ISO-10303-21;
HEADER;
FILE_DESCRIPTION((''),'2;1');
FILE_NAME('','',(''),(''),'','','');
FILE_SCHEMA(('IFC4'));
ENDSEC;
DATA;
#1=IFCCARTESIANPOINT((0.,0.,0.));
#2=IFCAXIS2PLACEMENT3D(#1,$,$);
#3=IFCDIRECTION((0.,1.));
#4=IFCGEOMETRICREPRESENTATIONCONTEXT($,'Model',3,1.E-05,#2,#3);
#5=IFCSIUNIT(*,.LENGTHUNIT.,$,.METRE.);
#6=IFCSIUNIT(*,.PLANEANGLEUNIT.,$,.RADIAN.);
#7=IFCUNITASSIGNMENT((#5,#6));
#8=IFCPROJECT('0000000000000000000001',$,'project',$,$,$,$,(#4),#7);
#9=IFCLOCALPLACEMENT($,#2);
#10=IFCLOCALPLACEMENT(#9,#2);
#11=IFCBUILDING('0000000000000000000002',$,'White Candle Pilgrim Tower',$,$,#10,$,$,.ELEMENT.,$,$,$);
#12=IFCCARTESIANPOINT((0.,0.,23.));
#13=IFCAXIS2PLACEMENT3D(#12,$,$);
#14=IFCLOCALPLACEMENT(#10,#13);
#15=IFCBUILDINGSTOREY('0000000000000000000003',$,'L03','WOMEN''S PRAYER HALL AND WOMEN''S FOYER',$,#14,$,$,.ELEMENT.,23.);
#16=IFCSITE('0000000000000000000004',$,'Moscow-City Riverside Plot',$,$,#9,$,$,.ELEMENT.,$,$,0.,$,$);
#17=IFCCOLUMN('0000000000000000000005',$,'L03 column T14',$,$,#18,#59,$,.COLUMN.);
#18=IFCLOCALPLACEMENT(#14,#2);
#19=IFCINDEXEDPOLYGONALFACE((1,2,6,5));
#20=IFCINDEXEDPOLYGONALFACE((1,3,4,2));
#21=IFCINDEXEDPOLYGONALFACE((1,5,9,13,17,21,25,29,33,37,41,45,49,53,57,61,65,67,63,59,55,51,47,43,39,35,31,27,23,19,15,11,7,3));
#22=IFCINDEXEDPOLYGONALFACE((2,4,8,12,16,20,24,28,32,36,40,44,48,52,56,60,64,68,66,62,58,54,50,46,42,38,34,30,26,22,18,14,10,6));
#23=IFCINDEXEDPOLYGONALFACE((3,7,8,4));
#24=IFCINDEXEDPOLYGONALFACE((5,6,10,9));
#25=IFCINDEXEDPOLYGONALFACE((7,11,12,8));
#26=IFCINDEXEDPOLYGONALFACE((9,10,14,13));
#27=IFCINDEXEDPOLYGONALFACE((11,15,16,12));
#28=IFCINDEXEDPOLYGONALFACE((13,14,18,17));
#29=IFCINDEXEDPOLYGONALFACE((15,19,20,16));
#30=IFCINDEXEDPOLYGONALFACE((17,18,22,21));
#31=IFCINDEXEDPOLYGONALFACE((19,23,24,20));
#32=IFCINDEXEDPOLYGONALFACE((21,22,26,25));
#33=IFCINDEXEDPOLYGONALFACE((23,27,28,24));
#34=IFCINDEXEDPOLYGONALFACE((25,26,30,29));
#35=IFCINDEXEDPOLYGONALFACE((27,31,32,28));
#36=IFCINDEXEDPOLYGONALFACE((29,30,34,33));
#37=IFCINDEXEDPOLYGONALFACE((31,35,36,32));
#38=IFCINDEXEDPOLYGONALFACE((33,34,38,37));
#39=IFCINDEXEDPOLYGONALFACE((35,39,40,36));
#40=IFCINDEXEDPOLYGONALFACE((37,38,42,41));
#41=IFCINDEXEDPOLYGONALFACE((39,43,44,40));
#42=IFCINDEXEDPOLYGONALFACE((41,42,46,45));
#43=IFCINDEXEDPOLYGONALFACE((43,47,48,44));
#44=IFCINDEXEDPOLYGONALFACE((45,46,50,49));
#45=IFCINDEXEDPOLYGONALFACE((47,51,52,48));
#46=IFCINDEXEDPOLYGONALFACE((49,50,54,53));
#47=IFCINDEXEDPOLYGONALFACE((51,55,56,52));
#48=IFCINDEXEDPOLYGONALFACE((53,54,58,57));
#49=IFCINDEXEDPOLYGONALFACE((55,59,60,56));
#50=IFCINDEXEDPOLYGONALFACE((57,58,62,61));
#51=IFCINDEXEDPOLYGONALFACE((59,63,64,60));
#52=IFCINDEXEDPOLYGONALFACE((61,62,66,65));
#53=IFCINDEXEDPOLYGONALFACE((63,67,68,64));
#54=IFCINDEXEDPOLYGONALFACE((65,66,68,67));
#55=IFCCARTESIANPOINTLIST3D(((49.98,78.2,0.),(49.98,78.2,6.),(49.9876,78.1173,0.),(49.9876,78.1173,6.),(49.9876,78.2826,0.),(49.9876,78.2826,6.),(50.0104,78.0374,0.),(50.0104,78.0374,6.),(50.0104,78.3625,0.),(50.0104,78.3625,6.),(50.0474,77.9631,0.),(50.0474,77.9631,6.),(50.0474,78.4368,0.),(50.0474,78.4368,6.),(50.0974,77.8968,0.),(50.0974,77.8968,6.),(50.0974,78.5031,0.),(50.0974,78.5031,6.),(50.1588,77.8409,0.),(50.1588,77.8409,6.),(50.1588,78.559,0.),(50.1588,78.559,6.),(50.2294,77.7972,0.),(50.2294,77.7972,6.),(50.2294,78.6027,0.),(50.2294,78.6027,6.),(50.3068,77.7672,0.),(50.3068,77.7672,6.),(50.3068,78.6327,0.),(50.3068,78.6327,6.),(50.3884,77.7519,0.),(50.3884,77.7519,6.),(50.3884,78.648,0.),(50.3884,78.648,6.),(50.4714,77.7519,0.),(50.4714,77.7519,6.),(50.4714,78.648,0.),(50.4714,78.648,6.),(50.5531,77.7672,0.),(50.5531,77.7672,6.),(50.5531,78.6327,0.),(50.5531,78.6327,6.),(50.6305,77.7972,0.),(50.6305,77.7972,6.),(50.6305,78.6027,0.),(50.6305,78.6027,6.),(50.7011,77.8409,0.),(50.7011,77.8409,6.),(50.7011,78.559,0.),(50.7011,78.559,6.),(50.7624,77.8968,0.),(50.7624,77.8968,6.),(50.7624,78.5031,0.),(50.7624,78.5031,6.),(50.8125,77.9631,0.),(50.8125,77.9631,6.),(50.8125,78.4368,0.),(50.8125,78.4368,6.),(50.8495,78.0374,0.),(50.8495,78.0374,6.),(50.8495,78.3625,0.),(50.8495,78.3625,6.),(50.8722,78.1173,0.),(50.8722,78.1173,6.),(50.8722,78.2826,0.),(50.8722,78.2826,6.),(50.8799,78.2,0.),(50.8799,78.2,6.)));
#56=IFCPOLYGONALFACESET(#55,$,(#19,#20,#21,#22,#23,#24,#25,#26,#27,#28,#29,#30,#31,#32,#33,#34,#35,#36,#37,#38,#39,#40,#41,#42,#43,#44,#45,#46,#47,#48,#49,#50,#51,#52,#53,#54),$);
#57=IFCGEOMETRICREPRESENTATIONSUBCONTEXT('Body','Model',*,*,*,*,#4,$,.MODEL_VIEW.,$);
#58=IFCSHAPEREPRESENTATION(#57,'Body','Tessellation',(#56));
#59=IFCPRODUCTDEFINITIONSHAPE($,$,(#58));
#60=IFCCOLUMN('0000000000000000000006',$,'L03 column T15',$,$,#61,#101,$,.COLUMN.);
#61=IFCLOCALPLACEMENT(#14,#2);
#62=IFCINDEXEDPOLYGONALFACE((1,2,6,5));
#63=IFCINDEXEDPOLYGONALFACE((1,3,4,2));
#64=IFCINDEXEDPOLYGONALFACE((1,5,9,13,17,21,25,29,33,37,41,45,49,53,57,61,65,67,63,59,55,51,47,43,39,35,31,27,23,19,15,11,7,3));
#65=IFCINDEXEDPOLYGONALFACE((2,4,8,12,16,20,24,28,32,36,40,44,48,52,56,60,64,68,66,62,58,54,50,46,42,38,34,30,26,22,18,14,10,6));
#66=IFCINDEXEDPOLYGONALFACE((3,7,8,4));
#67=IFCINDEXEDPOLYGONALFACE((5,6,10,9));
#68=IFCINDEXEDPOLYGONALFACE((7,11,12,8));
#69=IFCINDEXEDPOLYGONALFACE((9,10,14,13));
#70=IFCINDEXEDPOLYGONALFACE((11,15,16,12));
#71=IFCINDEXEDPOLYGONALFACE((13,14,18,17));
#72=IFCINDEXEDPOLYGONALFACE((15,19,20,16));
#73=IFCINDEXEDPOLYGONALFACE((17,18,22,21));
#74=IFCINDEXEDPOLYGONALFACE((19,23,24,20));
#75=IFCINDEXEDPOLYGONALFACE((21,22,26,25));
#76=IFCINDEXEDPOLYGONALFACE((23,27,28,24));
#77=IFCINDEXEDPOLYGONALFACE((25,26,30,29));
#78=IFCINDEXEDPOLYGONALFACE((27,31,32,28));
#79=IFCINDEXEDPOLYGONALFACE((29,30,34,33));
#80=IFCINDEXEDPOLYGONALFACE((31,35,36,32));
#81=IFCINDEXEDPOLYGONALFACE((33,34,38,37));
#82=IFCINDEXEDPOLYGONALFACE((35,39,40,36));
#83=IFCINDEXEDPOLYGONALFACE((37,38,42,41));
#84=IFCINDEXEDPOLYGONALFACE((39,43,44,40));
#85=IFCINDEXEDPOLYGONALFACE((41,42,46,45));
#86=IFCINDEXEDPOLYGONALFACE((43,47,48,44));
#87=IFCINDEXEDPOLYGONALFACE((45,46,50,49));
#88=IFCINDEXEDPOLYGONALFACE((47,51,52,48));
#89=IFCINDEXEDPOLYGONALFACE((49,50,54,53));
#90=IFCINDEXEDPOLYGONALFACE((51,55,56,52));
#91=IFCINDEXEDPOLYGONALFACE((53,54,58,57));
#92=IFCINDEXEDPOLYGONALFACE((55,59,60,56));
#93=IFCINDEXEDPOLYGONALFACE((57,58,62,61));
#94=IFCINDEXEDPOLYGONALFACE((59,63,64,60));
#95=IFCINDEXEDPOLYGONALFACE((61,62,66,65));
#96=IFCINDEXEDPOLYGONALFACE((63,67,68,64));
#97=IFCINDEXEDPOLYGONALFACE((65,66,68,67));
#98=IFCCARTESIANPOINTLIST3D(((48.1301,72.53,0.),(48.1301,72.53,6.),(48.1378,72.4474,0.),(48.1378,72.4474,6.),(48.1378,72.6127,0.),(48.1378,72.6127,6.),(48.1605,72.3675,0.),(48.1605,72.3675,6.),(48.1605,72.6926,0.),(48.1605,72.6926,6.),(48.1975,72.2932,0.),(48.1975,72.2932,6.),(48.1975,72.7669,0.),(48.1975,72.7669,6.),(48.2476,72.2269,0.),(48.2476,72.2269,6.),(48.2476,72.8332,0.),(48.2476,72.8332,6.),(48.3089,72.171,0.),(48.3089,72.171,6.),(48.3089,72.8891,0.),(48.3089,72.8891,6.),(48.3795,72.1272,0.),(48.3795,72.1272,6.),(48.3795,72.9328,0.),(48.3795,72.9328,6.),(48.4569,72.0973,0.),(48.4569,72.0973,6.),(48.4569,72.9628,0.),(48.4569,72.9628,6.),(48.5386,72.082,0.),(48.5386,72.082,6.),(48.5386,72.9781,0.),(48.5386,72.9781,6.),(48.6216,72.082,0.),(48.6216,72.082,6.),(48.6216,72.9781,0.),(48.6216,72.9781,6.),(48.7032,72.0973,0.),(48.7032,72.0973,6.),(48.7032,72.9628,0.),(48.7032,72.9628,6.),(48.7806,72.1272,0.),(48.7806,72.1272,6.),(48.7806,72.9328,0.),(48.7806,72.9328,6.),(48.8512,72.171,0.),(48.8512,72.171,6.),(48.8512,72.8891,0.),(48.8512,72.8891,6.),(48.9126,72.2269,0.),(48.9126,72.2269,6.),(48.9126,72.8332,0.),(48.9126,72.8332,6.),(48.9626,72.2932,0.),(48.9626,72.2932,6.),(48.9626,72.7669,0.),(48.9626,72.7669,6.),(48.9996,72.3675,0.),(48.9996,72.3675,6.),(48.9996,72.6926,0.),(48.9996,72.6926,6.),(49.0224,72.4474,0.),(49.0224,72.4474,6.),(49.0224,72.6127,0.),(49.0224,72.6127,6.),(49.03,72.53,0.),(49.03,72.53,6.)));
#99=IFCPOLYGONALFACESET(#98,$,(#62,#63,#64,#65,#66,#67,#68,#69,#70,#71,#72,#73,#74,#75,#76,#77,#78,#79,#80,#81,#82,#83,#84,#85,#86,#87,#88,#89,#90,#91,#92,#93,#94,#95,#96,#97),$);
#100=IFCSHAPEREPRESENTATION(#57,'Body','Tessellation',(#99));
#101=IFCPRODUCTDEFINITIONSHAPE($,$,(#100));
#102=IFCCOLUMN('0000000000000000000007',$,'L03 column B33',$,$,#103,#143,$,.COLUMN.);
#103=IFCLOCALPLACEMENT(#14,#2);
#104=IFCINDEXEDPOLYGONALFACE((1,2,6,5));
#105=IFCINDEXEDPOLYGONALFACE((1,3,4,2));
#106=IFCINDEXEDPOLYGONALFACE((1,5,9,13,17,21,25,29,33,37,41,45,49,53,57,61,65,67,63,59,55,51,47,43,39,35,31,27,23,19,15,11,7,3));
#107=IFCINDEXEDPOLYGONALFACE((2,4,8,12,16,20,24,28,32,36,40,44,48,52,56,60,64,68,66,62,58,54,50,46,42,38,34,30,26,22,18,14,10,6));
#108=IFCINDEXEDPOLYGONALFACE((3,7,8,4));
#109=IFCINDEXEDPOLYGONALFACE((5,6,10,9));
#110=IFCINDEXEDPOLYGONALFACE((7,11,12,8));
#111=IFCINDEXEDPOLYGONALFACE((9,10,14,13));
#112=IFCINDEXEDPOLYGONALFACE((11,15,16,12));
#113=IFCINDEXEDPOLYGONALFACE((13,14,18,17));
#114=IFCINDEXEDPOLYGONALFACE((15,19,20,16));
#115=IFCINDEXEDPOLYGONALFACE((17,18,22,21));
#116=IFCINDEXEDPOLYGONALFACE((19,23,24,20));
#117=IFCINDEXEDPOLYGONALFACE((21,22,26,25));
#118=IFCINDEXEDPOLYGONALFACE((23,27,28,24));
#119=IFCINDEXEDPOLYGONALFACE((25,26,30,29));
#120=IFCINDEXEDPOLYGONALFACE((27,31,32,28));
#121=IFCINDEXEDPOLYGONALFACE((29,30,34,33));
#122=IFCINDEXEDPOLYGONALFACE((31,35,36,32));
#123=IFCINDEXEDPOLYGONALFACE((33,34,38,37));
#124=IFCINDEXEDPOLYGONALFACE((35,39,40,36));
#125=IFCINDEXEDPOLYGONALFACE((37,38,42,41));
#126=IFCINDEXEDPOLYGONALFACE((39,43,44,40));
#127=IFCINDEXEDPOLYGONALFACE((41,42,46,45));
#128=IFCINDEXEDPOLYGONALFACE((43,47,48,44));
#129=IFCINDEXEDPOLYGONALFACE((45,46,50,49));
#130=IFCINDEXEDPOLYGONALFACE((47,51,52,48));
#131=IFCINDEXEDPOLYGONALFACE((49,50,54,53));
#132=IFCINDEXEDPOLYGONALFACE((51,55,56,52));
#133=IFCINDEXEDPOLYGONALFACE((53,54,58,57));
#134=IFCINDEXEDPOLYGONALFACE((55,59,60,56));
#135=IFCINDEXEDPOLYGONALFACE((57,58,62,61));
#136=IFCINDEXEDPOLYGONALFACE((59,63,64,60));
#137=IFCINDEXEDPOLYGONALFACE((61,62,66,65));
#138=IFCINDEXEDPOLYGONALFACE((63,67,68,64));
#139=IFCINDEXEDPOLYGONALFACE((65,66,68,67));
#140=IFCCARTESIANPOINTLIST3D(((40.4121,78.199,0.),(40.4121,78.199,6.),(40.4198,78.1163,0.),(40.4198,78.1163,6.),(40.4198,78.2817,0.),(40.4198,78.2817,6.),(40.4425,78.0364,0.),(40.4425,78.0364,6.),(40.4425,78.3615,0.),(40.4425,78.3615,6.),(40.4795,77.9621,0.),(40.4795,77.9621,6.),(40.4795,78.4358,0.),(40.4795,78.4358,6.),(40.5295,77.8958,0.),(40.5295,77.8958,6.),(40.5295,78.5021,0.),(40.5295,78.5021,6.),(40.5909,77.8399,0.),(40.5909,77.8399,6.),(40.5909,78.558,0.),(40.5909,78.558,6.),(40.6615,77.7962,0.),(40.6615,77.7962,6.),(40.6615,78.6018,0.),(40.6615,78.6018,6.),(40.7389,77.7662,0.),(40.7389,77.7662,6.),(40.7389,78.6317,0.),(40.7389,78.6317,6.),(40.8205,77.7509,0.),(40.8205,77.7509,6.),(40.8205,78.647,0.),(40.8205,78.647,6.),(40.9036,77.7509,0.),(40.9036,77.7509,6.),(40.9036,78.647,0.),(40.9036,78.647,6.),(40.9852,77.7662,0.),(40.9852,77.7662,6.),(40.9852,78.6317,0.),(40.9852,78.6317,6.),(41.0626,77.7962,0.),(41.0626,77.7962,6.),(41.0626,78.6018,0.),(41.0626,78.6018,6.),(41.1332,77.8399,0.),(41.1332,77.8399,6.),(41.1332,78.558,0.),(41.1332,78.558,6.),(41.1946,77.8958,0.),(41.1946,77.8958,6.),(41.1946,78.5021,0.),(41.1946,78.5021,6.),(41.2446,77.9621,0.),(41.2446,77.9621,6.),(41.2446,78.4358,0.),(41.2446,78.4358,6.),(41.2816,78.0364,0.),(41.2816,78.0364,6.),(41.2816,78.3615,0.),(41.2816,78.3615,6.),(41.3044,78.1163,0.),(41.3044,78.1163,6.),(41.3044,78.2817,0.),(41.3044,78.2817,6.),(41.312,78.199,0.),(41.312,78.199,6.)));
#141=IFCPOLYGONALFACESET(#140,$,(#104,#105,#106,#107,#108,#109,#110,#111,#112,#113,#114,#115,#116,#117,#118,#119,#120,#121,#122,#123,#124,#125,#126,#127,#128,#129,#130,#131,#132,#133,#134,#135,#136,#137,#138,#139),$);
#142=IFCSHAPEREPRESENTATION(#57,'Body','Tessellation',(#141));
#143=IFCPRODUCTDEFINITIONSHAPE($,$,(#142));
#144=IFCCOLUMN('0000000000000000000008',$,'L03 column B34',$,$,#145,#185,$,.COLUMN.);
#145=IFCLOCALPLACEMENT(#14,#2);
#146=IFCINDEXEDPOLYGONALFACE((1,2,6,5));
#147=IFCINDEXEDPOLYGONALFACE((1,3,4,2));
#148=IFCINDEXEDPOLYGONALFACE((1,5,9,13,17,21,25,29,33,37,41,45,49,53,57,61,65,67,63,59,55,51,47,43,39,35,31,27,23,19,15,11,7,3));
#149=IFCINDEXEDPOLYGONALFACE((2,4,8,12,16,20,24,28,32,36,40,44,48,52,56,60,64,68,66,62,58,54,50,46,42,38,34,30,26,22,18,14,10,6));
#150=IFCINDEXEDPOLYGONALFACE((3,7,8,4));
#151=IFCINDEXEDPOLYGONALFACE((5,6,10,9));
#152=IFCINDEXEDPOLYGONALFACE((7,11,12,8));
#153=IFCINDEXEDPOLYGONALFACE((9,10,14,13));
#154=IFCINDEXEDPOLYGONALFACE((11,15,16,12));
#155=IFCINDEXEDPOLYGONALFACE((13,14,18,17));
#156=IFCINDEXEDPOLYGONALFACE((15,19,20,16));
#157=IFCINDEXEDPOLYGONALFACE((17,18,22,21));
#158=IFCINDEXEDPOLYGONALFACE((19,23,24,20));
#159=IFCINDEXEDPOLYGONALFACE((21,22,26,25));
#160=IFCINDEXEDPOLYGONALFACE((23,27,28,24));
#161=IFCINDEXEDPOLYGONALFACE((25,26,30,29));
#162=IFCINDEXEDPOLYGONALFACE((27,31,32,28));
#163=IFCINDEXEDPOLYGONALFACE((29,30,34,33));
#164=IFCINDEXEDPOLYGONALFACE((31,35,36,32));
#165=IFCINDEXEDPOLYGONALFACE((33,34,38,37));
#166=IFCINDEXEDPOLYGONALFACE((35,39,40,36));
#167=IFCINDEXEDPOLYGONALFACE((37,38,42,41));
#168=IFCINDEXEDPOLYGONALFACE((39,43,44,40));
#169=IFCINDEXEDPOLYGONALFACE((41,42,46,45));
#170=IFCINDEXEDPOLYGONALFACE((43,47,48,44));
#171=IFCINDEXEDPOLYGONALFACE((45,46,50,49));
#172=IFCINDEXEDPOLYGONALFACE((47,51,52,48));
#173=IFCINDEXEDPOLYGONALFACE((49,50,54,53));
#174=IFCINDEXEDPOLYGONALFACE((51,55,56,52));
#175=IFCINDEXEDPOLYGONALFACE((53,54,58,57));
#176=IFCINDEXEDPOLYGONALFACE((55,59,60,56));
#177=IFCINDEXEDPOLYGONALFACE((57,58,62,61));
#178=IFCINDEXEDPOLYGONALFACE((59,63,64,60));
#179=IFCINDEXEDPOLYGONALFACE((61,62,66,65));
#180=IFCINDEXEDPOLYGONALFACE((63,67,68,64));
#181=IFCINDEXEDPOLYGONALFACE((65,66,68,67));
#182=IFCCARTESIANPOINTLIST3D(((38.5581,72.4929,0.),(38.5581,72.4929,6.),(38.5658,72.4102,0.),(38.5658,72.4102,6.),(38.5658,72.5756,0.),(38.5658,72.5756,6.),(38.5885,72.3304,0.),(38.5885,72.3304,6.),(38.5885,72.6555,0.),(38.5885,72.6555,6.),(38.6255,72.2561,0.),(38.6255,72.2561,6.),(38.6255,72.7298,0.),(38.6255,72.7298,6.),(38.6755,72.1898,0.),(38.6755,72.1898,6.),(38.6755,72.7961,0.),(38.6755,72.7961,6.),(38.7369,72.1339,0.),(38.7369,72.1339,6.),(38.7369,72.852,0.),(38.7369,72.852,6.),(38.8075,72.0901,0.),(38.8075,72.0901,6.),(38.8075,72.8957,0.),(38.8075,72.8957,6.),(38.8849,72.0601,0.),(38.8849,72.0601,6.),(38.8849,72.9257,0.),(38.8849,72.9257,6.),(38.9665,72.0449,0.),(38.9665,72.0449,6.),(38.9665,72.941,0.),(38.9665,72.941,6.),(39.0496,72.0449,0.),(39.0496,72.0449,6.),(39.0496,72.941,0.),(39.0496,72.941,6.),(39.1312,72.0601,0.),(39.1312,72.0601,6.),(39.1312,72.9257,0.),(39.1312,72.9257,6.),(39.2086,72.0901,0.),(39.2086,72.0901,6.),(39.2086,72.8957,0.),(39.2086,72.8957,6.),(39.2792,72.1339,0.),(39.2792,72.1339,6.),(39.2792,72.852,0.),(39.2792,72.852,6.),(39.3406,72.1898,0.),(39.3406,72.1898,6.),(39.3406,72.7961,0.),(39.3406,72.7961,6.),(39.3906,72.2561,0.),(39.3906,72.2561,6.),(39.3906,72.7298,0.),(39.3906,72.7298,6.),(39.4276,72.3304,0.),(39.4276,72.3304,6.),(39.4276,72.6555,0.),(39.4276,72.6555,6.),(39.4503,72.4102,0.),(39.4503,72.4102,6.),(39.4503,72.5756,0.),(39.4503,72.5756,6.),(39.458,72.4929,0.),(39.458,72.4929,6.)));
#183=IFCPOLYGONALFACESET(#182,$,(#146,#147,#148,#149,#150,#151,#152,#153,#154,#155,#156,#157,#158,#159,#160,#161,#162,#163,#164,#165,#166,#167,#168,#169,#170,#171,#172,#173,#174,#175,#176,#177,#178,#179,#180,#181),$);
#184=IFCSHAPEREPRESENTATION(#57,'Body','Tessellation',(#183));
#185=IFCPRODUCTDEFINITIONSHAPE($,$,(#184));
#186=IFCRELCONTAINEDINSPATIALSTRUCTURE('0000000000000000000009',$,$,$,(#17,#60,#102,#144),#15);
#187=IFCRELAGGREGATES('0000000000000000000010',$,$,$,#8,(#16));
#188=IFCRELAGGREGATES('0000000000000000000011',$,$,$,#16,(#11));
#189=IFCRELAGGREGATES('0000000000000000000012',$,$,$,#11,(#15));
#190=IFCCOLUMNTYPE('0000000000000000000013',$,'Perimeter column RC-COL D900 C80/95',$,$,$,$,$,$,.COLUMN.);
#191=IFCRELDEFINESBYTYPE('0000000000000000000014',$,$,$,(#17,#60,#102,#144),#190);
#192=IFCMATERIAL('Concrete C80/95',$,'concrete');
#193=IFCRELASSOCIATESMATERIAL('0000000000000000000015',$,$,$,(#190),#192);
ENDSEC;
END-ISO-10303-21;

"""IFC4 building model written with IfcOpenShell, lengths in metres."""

from ifc_helpers import new_model, si_unit, direction, frame, origin, origin_2d, place, context, subcontext, project, spatial, circle, extrude, material, material_profile, profile_set, type_object, element, save


model = new_model("IFC4")

# Units and contexts
model_context = context("Model", 3, precision=1e-05, world=origin(), true_north=direction((0.0, 1.0)))
body_context = subcontext(model_context, "Body", "Model", "MODEL_VIEW")
ifc_project = project(units=[si_unit("LENGTHUNIT", "METRE"), si_unit("PLANEANGLEUNIT", "RADIAN")], contexts=[model_context])

# Site, building, storey
site_placement = place(None, origin())
site = spatial("IfcSite", under=ifc_project, at=site_placement, Name="Moscow-City Riverside Plot", CompositionType="ELEMENT", RefElevation=0.0)
building_placement = place(site_placement, origin())
building = spatial("IfcBuilding", under=site, at=building_placement, Name="White Candle Pilgrim Tower", CompositionType="ELEMENT")
storey_placement = place(building_placement, frame((0.0, 0.0, 23.0)))
storey = spatial("IfcBuildingStorey", under=building, at=storey_placement, Name="L03", Description="WOMEN'S PRAYER HALL AND WOMEN'S FOYER", CompositionType="ELEMENT", Elevation=23.0)

# Columns
ifc_material_1 = material(Name="Concrete C80/95", Category="concrete")
ifc_material_profile_1 = material_profile(ifc_material_1, circle(Radius=0.45, at=origin_2d()), Name="RC-COL D900")
ifc_profile_set_1 = profile_set([ifc_material_profile_1], Name="Concrete C80/95")
column_type = type_object("IfcColumnType", Name="Perimeter column RC-COL D900 C80/95", PredefinedType="COLUMN", material=ifc_profile_set_1)
for number, where, z_axis, x_axis, name in (
    (1, (50.4299, 78.2, 0.0), (0.0, 0.0, 1.0), (1.0, 0.0, 0.0), "L03 column T14"),
    (2, (48.5801, 72.53, 0.0), (0.0, 0.0, 1.0), (1.0, 0.0, 0.0), "L03 column T15"),
    (3, (40.8621, 78.199, 0.0), (0.0, 0.0, 1.0), (1.0, 0.0, 0.0), "L03 column B33"),
    (4, (39.0081, 72.4929, 0.0), (0.0, 0.0, 1.0), (1.0, 0.0, 0.0), "L03 column B34"),
):
    element("IfcColumn", number, at=place(storey_placement, frame(where, z_axis=z_axis, x_axis=x_axis)), inside=storey, type_object=column_type, Name=name, PredefinedType="COLUMN", context=body_context, shape_type="SweptSolid", body=[
        extrude(circle(Radius=0.45, at=origin_2d()), origin(), (0.0, 0.0, 1.0), 6.0),
    ])

save(model, "model.ifc")
